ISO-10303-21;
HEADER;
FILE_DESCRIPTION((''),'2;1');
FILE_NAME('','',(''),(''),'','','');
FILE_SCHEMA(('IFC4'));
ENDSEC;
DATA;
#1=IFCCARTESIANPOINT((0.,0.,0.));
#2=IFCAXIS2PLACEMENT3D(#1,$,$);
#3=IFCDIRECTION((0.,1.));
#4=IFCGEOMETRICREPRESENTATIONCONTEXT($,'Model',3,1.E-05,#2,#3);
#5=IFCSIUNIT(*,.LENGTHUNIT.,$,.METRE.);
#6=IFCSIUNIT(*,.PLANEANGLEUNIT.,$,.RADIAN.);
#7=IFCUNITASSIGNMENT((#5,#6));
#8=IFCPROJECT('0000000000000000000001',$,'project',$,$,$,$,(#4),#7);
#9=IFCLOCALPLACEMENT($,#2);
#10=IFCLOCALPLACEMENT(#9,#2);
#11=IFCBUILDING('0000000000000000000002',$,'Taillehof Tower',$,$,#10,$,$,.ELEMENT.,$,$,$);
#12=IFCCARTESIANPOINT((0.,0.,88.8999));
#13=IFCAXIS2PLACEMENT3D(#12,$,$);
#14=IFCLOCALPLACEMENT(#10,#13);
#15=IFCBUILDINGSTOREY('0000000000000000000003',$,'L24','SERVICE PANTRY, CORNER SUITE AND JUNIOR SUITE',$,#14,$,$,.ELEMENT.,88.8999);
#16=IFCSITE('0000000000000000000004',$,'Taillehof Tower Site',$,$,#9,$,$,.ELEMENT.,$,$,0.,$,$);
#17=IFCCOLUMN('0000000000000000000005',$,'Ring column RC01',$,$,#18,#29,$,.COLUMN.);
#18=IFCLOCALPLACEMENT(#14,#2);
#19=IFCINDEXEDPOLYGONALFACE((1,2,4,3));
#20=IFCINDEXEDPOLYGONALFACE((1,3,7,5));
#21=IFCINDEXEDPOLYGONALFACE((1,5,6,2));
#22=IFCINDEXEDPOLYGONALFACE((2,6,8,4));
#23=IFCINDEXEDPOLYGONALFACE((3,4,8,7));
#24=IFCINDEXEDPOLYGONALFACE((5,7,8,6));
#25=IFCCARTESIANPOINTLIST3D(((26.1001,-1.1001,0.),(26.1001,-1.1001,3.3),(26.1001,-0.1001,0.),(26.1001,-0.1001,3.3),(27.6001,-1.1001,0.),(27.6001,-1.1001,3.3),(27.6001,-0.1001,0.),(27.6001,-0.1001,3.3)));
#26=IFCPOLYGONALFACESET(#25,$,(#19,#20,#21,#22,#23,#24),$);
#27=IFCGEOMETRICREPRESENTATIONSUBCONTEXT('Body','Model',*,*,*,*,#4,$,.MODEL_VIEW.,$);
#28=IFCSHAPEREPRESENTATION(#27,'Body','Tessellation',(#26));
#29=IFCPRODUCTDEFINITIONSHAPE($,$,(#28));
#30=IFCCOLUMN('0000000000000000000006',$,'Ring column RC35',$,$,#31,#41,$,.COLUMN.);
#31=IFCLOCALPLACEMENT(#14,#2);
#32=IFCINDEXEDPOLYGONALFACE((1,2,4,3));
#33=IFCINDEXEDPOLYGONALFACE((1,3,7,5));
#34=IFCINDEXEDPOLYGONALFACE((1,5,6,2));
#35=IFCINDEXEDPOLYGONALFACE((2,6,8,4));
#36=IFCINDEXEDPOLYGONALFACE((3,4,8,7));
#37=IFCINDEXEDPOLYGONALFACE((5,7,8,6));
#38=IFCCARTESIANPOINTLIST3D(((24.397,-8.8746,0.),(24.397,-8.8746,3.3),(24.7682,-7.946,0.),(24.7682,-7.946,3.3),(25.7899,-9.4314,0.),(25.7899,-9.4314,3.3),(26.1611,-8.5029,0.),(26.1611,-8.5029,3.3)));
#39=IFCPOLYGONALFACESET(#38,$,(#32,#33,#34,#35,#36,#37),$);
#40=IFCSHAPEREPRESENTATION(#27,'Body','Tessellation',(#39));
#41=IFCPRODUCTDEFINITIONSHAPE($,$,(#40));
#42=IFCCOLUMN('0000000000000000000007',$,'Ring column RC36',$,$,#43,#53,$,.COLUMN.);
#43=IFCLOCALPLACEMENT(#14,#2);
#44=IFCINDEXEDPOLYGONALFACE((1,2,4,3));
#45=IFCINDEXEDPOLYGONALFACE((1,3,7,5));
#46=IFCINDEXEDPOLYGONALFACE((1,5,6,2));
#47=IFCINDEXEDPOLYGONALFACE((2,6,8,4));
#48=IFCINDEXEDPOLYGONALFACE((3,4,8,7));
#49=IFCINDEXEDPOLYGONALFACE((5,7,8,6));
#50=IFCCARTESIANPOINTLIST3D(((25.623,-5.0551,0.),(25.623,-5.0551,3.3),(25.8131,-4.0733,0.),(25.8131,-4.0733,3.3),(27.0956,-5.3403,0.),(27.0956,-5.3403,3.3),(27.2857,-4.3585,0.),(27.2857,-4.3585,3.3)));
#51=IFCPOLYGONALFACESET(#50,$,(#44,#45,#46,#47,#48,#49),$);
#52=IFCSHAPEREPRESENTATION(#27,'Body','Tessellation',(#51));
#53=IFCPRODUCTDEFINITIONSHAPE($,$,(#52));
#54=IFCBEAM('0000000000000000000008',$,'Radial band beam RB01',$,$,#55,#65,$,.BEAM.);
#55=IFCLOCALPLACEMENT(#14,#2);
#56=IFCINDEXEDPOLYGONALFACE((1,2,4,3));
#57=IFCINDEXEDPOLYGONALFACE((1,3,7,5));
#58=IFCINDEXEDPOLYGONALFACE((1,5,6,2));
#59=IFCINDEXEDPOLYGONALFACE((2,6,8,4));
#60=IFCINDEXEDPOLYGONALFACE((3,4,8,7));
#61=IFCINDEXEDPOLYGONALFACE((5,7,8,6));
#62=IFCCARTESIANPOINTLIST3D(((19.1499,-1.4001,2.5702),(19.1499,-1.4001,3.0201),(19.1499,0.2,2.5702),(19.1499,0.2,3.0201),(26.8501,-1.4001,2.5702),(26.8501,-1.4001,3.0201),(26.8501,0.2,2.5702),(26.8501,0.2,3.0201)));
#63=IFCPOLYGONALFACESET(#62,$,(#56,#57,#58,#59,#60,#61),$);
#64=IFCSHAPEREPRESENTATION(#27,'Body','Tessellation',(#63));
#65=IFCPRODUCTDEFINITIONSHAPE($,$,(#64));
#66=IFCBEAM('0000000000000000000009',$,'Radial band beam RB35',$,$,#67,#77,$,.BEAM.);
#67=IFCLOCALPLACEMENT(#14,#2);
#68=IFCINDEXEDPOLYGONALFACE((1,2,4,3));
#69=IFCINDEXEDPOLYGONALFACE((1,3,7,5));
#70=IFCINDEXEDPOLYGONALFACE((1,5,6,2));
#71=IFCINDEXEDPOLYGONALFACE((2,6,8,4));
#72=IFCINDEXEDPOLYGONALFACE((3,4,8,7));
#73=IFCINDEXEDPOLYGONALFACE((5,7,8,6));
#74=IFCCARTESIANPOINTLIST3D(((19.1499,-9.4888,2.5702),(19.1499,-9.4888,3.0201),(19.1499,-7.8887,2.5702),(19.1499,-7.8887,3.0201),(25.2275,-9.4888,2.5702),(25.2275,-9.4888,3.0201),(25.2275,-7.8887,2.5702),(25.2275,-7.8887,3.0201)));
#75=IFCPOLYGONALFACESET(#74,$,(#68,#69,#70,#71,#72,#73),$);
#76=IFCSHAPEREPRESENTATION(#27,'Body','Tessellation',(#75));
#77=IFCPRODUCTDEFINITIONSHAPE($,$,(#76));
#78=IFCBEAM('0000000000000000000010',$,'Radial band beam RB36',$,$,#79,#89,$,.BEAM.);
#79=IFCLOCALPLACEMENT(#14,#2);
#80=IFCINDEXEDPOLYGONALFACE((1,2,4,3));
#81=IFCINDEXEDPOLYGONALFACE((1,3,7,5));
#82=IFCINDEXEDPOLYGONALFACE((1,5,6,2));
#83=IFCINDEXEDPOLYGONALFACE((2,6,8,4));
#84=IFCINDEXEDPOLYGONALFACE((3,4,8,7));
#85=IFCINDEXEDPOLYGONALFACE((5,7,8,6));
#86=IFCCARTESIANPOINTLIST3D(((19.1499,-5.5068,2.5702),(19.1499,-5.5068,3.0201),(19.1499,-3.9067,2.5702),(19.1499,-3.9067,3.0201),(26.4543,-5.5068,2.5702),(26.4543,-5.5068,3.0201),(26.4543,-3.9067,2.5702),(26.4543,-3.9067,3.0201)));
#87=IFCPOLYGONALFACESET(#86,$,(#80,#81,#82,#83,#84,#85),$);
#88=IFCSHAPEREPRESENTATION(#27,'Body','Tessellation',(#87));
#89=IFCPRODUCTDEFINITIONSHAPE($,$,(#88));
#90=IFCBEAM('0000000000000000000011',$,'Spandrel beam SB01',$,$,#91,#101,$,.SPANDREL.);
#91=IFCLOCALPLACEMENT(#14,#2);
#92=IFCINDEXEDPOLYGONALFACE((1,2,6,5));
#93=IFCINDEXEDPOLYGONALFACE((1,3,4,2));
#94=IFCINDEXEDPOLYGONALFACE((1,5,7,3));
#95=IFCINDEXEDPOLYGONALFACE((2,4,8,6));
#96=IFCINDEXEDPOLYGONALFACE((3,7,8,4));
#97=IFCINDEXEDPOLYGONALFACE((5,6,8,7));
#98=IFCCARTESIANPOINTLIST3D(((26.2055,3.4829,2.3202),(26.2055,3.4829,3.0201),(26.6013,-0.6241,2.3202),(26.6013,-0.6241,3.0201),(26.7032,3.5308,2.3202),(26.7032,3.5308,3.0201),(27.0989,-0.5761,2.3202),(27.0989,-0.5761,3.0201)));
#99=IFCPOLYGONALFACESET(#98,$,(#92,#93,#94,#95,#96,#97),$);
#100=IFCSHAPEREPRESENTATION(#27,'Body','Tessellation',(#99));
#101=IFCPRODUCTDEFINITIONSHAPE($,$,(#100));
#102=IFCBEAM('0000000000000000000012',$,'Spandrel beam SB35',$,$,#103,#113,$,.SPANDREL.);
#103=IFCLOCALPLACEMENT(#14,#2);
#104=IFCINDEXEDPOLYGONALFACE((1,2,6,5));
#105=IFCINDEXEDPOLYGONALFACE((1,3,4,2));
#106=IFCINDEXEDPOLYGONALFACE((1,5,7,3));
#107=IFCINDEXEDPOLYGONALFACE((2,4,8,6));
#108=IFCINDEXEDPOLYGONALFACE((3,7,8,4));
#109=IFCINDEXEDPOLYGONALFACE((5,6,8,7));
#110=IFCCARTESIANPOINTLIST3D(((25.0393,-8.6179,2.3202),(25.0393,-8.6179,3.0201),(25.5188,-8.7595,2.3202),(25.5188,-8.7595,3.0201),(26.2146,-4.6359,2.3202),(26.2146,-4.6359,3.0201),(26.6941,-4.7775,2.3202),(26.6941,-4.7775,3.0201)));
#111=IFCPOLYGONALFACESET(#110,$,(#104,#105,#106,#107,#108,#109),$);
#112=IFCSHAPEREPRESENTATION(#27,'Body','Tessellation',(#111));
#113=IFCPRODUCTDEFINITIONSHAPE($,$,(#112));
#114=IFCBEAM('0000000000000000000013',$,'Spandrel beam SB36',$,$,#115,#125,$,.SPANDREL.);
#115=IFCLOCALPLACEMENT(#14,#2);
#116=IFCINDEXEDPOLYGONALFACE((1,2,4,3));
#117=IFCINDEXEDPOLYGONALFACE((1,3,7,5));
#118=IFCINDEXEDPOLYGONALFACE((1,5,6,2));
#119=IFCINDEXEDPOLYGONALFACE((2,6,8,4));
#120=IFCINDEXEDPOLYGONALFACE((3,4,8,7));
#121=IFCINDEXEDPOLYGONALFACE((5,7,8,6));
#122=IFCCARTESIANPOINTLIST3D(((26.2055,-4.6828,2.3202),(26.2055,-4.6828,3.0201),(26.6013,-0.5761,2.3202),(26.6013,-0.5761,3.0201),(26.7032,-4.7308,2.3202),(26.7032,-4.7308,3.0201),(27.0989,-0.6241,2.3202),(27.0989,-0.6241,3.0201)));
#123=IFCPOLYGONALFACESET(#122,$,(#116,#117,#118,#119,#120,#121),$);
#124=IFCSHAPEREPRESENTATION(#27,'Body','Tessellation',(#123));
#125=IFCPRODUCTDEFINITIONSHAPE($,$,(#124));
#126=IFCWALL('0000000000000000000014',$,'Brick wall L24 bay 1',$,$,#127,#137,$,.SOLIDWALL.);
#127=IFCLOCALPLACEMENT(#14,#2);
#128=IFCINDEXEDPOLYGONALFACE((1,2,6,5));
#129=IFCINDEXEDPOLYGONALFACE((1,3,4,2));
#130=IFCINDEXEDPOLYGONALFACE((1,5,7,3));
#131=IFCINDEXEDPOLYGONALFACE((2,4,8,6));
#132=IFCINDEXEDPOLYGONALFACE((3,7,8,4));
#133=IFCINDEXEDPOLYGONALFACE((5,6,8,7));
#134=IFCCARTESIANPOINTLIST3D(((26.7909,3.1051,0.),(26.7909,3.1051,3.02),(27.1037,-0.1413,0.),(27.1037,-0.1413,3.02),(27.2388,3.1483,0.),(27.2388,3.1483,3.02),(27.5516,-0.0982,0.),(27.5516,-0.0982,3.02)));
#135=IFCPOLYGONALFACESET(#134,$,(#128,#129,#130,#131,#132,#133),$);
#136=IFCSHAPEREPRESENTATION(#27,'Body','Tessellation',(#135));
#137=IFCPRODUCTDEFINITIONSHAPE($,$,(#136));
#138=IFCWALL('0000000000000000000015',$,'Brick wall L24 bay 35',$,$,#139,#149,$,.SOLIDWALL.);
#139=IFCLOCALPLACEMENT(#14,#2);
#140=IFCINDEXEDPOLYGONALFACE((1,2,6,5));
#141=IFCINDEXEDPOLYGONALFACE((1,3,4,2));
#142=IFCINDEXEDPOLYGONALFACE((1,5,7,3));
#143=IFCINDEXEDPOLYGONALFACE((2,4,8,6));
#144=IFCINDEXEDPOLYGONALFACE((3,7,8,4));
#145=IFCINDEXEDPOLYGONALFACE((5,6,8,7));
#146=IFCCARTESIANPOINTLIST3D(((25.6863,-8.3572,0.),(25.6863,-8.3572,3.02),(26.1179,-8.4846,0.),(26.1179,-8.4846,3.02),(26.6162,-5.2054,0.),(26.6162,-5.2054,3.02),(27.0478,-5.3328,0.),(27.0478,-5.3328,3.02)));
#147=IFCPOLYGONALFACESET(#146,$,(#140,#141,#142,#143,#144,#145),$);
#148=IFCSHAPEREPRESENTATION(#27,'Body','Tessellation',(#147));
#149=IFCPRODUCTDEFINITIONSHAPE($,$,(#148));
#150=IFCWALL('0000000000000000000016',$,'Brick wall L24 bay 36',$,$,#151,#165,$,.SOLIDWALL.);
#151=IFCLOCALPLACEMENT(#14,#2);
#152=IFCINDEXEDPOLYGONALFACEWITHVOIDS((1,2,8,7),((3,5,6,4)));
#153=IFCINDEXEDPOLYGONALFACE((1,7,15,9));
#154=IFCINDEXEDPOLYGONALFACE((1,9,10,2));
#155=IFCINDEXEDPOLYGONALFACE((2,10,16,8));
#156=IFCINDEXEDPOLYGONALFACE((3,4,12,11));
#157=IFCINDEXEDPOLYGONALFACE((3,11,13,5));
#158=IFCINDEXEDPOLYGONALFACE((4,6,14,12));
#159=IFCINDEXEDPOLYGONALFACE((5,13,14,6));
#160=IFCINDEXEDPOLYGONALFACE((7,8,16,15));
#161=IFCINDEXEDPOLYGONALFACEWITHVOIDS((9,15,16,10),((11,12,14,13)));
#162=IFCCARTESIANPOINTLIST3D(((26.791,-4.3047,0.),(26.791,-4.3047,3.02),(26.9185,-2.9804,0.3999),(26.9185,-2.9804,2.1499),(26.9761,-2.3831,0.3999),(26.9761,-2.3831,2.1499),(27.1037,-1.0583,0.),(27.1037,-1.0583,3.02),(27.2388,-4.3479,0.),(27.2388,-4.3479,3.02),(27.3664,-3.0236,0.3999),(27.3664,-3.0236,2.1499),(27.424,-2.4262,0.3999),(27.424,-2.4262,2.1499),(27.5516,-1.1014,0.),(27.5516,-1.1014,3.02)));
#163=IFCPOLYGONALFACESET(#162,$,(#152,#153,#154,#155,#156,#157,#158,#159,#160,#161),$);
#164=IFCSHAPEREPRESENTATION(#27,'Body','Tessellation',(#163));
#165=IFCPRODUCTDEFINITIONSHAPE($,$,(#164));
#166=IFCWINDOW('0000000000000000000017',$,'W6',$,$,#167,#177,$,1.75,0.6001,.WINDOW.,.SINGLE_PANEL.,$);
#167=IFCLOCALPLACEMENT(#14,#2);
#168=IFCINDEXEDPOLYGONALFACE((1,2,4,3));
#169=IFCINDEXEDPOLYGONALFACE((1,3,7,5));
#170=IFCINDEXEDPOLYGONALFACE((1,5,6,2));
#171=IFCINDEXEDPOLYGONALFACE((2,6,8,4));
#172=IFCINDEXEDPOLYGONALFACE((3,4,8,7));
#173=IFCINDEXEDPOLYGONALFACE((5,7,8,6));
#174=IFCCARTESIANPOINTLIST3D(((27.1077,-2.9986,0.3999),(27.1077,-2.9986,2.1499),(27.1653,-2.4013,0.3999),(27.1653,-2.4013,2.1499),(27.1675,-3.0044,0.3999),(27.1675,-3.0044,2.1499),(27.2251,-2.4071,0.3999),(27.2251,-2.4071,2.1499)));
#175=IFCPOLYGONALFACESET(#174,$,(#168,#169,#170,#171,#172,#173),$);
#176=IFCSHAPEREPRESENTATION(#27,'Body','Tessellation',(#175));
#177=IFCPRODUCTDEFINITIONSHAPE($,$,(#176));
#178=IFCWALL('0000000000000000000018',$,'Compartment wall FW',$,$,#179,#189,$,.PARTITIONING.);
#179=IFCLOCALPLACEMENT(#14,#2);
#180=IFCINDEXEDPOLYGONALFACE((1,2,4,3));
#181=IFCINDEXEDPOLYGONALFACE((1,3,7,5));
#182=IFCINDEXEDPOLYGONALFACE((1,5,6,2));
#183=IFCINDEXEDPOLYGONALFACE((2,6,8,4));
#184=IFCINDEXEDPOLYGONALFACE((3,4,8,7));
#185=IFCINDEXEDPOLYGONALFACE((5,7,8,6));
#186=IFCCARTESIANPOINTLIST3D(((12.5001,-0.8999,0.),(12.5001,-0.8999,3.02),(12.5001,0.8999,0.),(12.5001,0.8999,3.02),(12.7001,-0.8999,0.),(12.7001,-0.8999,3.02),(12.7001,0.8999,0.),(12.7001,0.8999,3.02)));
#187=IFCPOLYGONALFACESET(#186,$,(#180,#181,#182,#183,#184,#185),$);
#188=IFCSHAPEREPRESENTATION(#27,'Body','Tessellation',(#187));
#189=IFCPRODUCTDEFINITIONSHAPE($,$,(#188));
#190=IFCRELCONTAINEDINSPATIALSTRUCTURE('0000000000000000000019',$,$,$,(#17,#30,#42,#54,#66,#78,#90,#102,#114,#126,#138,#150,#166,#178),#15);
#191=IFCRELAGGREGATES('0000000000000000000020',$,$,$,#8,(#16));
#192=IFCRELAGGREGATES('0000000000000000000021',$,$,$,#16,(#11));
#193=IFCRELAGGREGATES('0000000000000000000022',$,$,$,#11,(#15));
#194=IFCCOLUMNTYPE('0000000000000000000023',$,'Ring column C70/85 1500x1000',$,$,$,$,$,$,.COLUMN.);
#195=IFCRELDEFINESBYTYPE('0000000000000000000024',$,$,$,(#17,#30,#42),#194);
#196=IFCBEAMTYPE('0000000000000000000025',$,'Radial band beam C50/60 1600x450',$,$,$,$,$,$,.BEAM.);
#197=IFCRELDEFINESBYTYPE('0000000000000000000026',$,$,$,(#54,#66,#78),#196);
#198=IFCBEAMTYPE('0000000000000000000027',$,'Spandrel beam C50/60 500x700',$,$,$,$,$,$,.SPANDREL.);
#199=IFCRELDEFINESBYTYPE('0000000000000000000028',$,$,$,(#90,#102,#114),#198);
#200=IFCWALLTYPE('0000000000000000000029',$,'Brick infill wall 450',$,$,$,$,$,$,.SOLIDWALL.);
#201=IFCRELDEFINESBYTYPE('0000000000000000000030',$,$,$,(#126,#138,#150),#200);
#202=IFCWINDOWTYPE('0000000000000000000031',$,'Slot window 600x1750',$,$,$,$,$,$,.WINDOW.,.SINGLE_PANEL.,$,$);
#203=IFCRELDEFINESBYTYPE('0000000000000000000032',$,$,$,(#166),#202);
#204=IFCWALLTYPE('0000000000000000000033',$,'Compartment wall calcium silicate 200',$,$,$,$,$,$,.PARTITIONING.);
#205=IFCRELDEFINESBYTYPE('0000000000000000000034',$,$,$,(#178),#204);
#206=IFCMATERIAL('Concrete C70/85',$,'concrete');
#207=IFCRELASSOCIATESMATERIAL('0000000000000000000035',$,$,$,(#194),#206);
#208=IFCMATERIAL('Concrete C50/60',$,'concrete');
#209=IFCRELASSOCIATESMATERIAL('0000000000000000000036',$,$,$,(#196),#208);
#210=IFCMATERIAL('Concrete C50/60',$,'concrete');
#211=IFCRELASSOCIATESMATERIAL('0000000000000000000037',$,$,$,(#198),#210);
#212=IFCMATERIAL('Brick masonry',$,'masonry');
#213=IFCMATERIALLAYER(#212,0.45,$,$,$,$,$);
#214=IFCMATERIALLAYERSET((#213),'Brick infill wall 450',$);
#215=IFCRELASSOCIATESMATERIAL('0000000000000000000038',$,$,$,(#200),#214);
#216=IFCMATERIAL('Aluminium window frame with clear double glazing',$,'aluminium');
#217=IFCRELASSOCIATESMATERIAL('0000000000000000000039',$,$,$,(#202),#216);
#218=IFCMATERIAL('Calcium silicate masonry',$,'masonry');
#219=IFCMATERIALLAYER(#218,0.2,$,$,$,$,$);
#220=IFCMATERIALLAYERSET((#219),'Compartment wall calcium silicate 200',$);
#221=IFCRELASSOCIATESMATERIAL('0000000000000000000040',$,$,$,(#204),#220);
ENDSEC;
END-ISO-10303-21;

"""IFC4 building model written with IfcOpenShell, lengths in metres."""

from ifc_helpers import new_model, si_unit, direction, frame, frame_2d, origin, origin_2d, place, context, subcontext, project, spatial, rectangle, extrude, material, layer, layer_set, material_profile, profile_set, type_object, element, fill, save


model = new_model("IFC4")

# Units and contexts
model_context = context("Model", 3, precision=1e-05, world=origin(), true_north=direction((0.0, 1.0)))
body_context = subcontext(model_context, "Body", "Model", "MODEL_VIEW")
ifc_project = project(units=[si_unit("LENGTHUNIT", "METRE"), si_unit("PLANEANGLEUNIT", "RADIAN")], contexts=[model_context])

# Site, building, storey
site_placement = place(None, origin())
site = spatial("IfcSite", under=ifc_project, at=site_placement, Name="Taillehof Tower Site", CompositionType="ELEMENT", RefElevation=0.0)
building_placement = place(site_placement, origin())
building = spatial("IfcBuilding", under=site, at=building_placement, Name="Taillehof Tower", CompositionType="ELEMENT")
storey_placement = place(building_placement, frame((0.0, 0.0, 88.8999)))
storey = spatial("IfcBuildingStorey", under=building, at=storey_placement, Name="L24", Description="SERVICE PANTRY, CORNER SUITE AND JUNIOR SUITE", CompositionType="ELEMENT", Elevation=88.8999)

# Columns
ifc_material_1 = material(Name="Concrete C70/85", Category="concrete")
ifc_material_profile_1 = material_profile(ifc_material_1, rectangle(XDim=1.5, YDim=1.0, at=origin_2d()), Name="RC 1500x1000")
ifc_profile_set_1 = profile_set([ifc_material_profile_1], Name="Concrete C70/85")
column_type = type_object("IfcColumnType", Name="Ring column C70/85 1500x1000", PredefinedType="COLUMN", material=ifc_profile_set_1)
for number, where, z_axis, x_axis, name in (
    (1, (26.8501, -0.6001, 0.0), (0.0, 0.0, 1.0), (1.0, 0.0, 0.0), "Ring column RC01"),
    (2, (25.2791, -8.6887, 0.0), (0.0, 0.0, 1.0), (0.92855, -0.371207, 0.0), "Ring column RC35"),
    (3, (26.4543, -4.7068, 0.0), (0.0, 0.0, 1.0), (0.981757, -0.190138, 0.0), "Ring column RC36"),
):
    element("IfcColumn", number, at=place(storey_placement, frame(where, z_axis=z_axis, x_axis=x_axis)), inside=storey, type_object=column_type, Name=name, PredefinedType="COLUMN", context=body_context, shape_type="SweptSolid", body=[
        extrude(rectangle(XDim=1.5, YDim=1.0, at=origin_2d()), origin(), (0.0, 0.0, 1.0), 3.3),
    ])

# Beams
ifc_material_2 = material(Name="Concrete C50/60", Category="concrete")
ifc_material_profile_2 = material_profile(ifc_material_2, rectangle(XDim=1.6001, YDim=0.45, at=origin_2d()), Name="RC 1600x450")
ifc_profile_set_2 = profile_set([ifc_material_profile_2], Name="Concrete C50/60")
beam_type_1 = type_object("IfcBeamType", Name="Radial band beam C50/60 1600x450", PredefinedType="BEAM", material=ifc_profile_set_2)
beam_1_placement = place(storey_placement, frame((26.8501, -0.6001, 2.7952), z_axis=(-1.0, 0.0, 0.0), x_axis=(0.0, -1.0, 0.0)))
element("IfcBeam", 4, at=beam_1_placement, inside=storey, type_object=beam_type_1, Name="Radial band beam RB01", PredefinedType="BEAM", context=body_context, shape_type="SweptSolid", body=[
    extrude(rectangle(XDim=1.6001, YDim=0.45, at=origin_2d()), origin(), (0.0, 0.0, 1.0), 7.7002),
])
beam_2_placement = place(storey_placement, frame((25.2275, -8.6887, 2.7952), z_axis=(-1.0, 0.0, 0.0), x_axis=(0.0, -1.0, 0.0)))
element("IfcBeam", 5, at=beam_2_placement, inside=storey, type_object=beam_type_1, Name="Radial band beam RB35", PredefinedType="BEAM", context=body_context, shape_type="SweptSolid", body=[
    extrude(rectangle(XDim=1.6001, YDim=0.45, at=origin_2d()), origin(), (0.0, 0.0, 1.0), 6.0776),
])
beam_3_placement = place(storey_placement, frame((26.4543, -4.7068, 2.7952), z_axis=(-1.0, 0.0, 0.0), x_axis=(0.0, -1.0, 0.0)))
element("IfcBeam", 6, at=beam_3_placement, inside=storey, type_object=beam_type_1, Name="Radial band beam RB36", PredefinedType="BEAM", context=body_context, shape_type="SweptSolid", body=[
    extrude(rectangle(XDim=1.6001, YDim=0.45, at=origin_2d()), origin(), (0.0, 0.0, 1.0), 7.3044),
])
ifc_material_3 = material(Name="Concrete C50/60", Category="concrete")
ifc_material_profile_3 = material_profile(ifc_material_3, rectangle(XDim=0.5, YDim=0.7, at=origin_2d()), Name="RC 500x700")
ifc_profile_set_3 = profile_set([ifc_material_profile_3], Name="Concrete C50/60")
beam_type_2 = type_object("IfcBeamType", Name="Spandrel beam C50/60 500x700", PredefinedType="SPANDREL", material=ifc_profile_set_3)
beam_4_placement = place(storey_placement, frame((26.8501, -0.6001, 2.6702), z_axis=(-0.095918, 0.995389, 0.0), x_axis=(-0.995389, -0.095918, 0.0)))
element("IfcBeam", 7, at=beam_4_placement, inside=storey, type_object=beam_type_2, Name="Spandrel beam SB01", PredefinedType="SPANDREL", context=body_context, shape_type="SweptSolid", body=[
    extrude(rectangle(XDim=0.5, YDim=0.7, at=origin_2d()), origin(), (0.0, 0.0, 1.0), 4.126),
])
beam_5_placement = place(storey_placement, frame((25.2791, -8.6887, 2.6702), z_axis=(0.283083, 0.959095, 0.0), x_axis=(-0.959095, 0.283083, 0.0)))
element("IfcBeam", 8, at=beam_5_placement, inside=storey, type_object=beam_type_2, Name="Spandrel beam SB35", PredefinedType="SPANDREL", context=body_context, shape_type="SweptSolid", body=[
    extrude(rectangle(XDim=0.5, YDim=0.7, at=origin_2d()), origin(), (0.0, 0.0, 1.0), 4.1519),
])
beam_6_placement = place(storey_placement, frame((26.4543, -4.7068, 2.6702), z_axis=(0.095923, 0.995389, 0.0), x_axis=(-0.995389, 0.095923, 0.0)))
element("IfcBeam", 9, at=beam_6_placement, inside=storey, type_object=beam_type_2, Name="Spandrel beam SB36", PredefinedType="SPANDREL", context=body_context, shape_type="SweptSolid", body=[
    extrude(rectangle(XDim=0.5, YDim=0.7, at=origin_2d()), origin(), (0.0, 0.0, 1.0), 4.1257),
])

# Walls
ifc_material_4 = material(Name="Brick masonry", Category="masonry")
ifc_layer_1 = layer(ifc_material_4, 0.45)
ifc_layer_set_1 = layer_set([ifc_layer_1], Name="Brick infill wall 450")
wall_type_1 = type_object("IfcWallType", Name="Brick infill wall 450", PredefinedType="SOLIDWALL", material=ifc_layer_set_1)
wall_1_placement = place(storey_placement, frame((27.3276, -0.1199, 0.0), z_axis=(0.0, 0.0, 1.0), x_axis=(-0.095894, 0.995392, 0.0)))
element("IfcWall", 10, at=wall_1_placement, inside=storey, type_object=wall_type_1, Name="Brick wall L24 bay 1", PredefinedType="SOLIDWALL", context=body_context, shape_type="SweptSolid", body=[
    extrude(rectangle(XDim=3.2615, YDim=0.45, at=frame_2d((1.6309, 0.0))), origin(), (0.0, 0.0, 1.0), 3.02),
])
wall_2_placement = place(storey_placement, frame((25.9021, -8.4209, 0.0), z_axis=(0.0, 0.0, 1.0), x_axis=(0.282983, 0.959125, 0.0)))
element("IfcWall", 11, at=wall_2_placement, inside=storey, type_object=wall_type_1, Name="Brick wall L24 bay 35", PredefinedType="SOLIDWALL", context=body_context, shape_type="SweptSolid", body=[
    extrude(rectangle(XDim=3.2861, YDim=0.45, at=frame_2d((1.6431, 0.0))), origin(), (0.0, 0.0, 1.0), 3.02),
])

# Wall, opening, window
wall_3_placement = place(storey_placement, frame((27.0149, -4.3264, 0.0), z_axis=(0.0, 0.0, 1.0), x_axis=(0.095894, 0.995392, 0.0)))
wall_3 = element("IfcWall", 12, at=wall_3_placement, inside=storey, type_object=wall_type_1, Name="Brick wall L24 bay 36", PredefinedType="SOLIDWALL", context=body_context, shape_type="SweptSolid", body=[
    extrude(rectangle(XDim=3.2615, YDim=0.45, at=frame_2d((1.6309, 0.0))), origin(), (0.0, 0.0, 1.0), 3.02),
])
opening_1_placement = place(wall_3_placement, frame((1.3306, 0.0, 0.3999)))
opening_1 = element("IfcOpeningElement", 13, at=opening_1_placement, cuts=wall_3, PredefinedType="OPENING", context=body_context, shape_type="SweptSolid", body=[
    extrude(rectangle(XDim=0.6001, YDim=1.75, at=frame_2d((0.3, 0.875))), frame((0.0, 0.2349, 0.0), z_axis=(0.0, -1.0, 0.0), x_axis=(1.0, 0.0, 0.0)), (0.0, 0.0, 1.0), 0.47),
])
ifc_material_5 = material(Name="Aluminium window frame with clear double glazing", Category="aluminium")
window_type = type_object("IfcWindowType", Name="Slot window 600x1750", PartitioningType="SINGLE_PANEL", PredefinedType="WINDOW", material=ifc_material_5)
window_placement = place(opening_1_placement, origin())
window = element("IfcWindow", 14, at=window_placement, inside=storey, type_object=window_type, Name="W6", OverallHeight=1.75, OverallWidth=0.6001, PartitioningType="SINGLE_PANEL", PredefinedType="WINDOW", context=body_context, shape_type="SweptSolid", body=[
    extrude(rectangle(XDim=0.6001, YDim=1.75, at=frame_2d((0.3, 0.875))), frame((0.0, 0.0349, 0.0), z_axis=(0.0, -1.0, 0.0), x_axis=(1.0, 0.0, 0.0)), (0.0, 0.0, 1.0), 0.0601),
])
fill(opening_1, window)

# Wall
ifc_material_6 = material(Name="Calcium silicate masonry", Category="masonry")
ifc_layer_2 = layer(ifc_material_6, 0.2)
ifc_layer_set_2 = layer_set([ifc_layer_2], Name="Compartment wall calcium silicate 200")
wall_type_2 = type_object("IfcWallType", Name="Compartment wall calcium silicate 200", PredefinedType="PARTITIONING", material=ifc_layer_set_2)
wall_4_placement = place(storey_placement, frame((12.6001, -0.8999, 0.0), z_axis=(0.0, 0.0, 1.0), x_axis=(0.0, 1.0, 0.0)))
element("IfcWall", 15, at=wall_4_placement, inside=storey, type_object=wall_type_2, Name="Compartment wall FW", PredefinedType="PARTITIONING", context=body_context, shape_type="SweptSolid", body=[
    extrude(rectangle(XDim=1.7998, YDim=0.2, at=frame_2d((0.8999, 0.0))), origin(), (0.0, 0.0, 1.0), 3.02),
])

save(model, "model.ifc")
